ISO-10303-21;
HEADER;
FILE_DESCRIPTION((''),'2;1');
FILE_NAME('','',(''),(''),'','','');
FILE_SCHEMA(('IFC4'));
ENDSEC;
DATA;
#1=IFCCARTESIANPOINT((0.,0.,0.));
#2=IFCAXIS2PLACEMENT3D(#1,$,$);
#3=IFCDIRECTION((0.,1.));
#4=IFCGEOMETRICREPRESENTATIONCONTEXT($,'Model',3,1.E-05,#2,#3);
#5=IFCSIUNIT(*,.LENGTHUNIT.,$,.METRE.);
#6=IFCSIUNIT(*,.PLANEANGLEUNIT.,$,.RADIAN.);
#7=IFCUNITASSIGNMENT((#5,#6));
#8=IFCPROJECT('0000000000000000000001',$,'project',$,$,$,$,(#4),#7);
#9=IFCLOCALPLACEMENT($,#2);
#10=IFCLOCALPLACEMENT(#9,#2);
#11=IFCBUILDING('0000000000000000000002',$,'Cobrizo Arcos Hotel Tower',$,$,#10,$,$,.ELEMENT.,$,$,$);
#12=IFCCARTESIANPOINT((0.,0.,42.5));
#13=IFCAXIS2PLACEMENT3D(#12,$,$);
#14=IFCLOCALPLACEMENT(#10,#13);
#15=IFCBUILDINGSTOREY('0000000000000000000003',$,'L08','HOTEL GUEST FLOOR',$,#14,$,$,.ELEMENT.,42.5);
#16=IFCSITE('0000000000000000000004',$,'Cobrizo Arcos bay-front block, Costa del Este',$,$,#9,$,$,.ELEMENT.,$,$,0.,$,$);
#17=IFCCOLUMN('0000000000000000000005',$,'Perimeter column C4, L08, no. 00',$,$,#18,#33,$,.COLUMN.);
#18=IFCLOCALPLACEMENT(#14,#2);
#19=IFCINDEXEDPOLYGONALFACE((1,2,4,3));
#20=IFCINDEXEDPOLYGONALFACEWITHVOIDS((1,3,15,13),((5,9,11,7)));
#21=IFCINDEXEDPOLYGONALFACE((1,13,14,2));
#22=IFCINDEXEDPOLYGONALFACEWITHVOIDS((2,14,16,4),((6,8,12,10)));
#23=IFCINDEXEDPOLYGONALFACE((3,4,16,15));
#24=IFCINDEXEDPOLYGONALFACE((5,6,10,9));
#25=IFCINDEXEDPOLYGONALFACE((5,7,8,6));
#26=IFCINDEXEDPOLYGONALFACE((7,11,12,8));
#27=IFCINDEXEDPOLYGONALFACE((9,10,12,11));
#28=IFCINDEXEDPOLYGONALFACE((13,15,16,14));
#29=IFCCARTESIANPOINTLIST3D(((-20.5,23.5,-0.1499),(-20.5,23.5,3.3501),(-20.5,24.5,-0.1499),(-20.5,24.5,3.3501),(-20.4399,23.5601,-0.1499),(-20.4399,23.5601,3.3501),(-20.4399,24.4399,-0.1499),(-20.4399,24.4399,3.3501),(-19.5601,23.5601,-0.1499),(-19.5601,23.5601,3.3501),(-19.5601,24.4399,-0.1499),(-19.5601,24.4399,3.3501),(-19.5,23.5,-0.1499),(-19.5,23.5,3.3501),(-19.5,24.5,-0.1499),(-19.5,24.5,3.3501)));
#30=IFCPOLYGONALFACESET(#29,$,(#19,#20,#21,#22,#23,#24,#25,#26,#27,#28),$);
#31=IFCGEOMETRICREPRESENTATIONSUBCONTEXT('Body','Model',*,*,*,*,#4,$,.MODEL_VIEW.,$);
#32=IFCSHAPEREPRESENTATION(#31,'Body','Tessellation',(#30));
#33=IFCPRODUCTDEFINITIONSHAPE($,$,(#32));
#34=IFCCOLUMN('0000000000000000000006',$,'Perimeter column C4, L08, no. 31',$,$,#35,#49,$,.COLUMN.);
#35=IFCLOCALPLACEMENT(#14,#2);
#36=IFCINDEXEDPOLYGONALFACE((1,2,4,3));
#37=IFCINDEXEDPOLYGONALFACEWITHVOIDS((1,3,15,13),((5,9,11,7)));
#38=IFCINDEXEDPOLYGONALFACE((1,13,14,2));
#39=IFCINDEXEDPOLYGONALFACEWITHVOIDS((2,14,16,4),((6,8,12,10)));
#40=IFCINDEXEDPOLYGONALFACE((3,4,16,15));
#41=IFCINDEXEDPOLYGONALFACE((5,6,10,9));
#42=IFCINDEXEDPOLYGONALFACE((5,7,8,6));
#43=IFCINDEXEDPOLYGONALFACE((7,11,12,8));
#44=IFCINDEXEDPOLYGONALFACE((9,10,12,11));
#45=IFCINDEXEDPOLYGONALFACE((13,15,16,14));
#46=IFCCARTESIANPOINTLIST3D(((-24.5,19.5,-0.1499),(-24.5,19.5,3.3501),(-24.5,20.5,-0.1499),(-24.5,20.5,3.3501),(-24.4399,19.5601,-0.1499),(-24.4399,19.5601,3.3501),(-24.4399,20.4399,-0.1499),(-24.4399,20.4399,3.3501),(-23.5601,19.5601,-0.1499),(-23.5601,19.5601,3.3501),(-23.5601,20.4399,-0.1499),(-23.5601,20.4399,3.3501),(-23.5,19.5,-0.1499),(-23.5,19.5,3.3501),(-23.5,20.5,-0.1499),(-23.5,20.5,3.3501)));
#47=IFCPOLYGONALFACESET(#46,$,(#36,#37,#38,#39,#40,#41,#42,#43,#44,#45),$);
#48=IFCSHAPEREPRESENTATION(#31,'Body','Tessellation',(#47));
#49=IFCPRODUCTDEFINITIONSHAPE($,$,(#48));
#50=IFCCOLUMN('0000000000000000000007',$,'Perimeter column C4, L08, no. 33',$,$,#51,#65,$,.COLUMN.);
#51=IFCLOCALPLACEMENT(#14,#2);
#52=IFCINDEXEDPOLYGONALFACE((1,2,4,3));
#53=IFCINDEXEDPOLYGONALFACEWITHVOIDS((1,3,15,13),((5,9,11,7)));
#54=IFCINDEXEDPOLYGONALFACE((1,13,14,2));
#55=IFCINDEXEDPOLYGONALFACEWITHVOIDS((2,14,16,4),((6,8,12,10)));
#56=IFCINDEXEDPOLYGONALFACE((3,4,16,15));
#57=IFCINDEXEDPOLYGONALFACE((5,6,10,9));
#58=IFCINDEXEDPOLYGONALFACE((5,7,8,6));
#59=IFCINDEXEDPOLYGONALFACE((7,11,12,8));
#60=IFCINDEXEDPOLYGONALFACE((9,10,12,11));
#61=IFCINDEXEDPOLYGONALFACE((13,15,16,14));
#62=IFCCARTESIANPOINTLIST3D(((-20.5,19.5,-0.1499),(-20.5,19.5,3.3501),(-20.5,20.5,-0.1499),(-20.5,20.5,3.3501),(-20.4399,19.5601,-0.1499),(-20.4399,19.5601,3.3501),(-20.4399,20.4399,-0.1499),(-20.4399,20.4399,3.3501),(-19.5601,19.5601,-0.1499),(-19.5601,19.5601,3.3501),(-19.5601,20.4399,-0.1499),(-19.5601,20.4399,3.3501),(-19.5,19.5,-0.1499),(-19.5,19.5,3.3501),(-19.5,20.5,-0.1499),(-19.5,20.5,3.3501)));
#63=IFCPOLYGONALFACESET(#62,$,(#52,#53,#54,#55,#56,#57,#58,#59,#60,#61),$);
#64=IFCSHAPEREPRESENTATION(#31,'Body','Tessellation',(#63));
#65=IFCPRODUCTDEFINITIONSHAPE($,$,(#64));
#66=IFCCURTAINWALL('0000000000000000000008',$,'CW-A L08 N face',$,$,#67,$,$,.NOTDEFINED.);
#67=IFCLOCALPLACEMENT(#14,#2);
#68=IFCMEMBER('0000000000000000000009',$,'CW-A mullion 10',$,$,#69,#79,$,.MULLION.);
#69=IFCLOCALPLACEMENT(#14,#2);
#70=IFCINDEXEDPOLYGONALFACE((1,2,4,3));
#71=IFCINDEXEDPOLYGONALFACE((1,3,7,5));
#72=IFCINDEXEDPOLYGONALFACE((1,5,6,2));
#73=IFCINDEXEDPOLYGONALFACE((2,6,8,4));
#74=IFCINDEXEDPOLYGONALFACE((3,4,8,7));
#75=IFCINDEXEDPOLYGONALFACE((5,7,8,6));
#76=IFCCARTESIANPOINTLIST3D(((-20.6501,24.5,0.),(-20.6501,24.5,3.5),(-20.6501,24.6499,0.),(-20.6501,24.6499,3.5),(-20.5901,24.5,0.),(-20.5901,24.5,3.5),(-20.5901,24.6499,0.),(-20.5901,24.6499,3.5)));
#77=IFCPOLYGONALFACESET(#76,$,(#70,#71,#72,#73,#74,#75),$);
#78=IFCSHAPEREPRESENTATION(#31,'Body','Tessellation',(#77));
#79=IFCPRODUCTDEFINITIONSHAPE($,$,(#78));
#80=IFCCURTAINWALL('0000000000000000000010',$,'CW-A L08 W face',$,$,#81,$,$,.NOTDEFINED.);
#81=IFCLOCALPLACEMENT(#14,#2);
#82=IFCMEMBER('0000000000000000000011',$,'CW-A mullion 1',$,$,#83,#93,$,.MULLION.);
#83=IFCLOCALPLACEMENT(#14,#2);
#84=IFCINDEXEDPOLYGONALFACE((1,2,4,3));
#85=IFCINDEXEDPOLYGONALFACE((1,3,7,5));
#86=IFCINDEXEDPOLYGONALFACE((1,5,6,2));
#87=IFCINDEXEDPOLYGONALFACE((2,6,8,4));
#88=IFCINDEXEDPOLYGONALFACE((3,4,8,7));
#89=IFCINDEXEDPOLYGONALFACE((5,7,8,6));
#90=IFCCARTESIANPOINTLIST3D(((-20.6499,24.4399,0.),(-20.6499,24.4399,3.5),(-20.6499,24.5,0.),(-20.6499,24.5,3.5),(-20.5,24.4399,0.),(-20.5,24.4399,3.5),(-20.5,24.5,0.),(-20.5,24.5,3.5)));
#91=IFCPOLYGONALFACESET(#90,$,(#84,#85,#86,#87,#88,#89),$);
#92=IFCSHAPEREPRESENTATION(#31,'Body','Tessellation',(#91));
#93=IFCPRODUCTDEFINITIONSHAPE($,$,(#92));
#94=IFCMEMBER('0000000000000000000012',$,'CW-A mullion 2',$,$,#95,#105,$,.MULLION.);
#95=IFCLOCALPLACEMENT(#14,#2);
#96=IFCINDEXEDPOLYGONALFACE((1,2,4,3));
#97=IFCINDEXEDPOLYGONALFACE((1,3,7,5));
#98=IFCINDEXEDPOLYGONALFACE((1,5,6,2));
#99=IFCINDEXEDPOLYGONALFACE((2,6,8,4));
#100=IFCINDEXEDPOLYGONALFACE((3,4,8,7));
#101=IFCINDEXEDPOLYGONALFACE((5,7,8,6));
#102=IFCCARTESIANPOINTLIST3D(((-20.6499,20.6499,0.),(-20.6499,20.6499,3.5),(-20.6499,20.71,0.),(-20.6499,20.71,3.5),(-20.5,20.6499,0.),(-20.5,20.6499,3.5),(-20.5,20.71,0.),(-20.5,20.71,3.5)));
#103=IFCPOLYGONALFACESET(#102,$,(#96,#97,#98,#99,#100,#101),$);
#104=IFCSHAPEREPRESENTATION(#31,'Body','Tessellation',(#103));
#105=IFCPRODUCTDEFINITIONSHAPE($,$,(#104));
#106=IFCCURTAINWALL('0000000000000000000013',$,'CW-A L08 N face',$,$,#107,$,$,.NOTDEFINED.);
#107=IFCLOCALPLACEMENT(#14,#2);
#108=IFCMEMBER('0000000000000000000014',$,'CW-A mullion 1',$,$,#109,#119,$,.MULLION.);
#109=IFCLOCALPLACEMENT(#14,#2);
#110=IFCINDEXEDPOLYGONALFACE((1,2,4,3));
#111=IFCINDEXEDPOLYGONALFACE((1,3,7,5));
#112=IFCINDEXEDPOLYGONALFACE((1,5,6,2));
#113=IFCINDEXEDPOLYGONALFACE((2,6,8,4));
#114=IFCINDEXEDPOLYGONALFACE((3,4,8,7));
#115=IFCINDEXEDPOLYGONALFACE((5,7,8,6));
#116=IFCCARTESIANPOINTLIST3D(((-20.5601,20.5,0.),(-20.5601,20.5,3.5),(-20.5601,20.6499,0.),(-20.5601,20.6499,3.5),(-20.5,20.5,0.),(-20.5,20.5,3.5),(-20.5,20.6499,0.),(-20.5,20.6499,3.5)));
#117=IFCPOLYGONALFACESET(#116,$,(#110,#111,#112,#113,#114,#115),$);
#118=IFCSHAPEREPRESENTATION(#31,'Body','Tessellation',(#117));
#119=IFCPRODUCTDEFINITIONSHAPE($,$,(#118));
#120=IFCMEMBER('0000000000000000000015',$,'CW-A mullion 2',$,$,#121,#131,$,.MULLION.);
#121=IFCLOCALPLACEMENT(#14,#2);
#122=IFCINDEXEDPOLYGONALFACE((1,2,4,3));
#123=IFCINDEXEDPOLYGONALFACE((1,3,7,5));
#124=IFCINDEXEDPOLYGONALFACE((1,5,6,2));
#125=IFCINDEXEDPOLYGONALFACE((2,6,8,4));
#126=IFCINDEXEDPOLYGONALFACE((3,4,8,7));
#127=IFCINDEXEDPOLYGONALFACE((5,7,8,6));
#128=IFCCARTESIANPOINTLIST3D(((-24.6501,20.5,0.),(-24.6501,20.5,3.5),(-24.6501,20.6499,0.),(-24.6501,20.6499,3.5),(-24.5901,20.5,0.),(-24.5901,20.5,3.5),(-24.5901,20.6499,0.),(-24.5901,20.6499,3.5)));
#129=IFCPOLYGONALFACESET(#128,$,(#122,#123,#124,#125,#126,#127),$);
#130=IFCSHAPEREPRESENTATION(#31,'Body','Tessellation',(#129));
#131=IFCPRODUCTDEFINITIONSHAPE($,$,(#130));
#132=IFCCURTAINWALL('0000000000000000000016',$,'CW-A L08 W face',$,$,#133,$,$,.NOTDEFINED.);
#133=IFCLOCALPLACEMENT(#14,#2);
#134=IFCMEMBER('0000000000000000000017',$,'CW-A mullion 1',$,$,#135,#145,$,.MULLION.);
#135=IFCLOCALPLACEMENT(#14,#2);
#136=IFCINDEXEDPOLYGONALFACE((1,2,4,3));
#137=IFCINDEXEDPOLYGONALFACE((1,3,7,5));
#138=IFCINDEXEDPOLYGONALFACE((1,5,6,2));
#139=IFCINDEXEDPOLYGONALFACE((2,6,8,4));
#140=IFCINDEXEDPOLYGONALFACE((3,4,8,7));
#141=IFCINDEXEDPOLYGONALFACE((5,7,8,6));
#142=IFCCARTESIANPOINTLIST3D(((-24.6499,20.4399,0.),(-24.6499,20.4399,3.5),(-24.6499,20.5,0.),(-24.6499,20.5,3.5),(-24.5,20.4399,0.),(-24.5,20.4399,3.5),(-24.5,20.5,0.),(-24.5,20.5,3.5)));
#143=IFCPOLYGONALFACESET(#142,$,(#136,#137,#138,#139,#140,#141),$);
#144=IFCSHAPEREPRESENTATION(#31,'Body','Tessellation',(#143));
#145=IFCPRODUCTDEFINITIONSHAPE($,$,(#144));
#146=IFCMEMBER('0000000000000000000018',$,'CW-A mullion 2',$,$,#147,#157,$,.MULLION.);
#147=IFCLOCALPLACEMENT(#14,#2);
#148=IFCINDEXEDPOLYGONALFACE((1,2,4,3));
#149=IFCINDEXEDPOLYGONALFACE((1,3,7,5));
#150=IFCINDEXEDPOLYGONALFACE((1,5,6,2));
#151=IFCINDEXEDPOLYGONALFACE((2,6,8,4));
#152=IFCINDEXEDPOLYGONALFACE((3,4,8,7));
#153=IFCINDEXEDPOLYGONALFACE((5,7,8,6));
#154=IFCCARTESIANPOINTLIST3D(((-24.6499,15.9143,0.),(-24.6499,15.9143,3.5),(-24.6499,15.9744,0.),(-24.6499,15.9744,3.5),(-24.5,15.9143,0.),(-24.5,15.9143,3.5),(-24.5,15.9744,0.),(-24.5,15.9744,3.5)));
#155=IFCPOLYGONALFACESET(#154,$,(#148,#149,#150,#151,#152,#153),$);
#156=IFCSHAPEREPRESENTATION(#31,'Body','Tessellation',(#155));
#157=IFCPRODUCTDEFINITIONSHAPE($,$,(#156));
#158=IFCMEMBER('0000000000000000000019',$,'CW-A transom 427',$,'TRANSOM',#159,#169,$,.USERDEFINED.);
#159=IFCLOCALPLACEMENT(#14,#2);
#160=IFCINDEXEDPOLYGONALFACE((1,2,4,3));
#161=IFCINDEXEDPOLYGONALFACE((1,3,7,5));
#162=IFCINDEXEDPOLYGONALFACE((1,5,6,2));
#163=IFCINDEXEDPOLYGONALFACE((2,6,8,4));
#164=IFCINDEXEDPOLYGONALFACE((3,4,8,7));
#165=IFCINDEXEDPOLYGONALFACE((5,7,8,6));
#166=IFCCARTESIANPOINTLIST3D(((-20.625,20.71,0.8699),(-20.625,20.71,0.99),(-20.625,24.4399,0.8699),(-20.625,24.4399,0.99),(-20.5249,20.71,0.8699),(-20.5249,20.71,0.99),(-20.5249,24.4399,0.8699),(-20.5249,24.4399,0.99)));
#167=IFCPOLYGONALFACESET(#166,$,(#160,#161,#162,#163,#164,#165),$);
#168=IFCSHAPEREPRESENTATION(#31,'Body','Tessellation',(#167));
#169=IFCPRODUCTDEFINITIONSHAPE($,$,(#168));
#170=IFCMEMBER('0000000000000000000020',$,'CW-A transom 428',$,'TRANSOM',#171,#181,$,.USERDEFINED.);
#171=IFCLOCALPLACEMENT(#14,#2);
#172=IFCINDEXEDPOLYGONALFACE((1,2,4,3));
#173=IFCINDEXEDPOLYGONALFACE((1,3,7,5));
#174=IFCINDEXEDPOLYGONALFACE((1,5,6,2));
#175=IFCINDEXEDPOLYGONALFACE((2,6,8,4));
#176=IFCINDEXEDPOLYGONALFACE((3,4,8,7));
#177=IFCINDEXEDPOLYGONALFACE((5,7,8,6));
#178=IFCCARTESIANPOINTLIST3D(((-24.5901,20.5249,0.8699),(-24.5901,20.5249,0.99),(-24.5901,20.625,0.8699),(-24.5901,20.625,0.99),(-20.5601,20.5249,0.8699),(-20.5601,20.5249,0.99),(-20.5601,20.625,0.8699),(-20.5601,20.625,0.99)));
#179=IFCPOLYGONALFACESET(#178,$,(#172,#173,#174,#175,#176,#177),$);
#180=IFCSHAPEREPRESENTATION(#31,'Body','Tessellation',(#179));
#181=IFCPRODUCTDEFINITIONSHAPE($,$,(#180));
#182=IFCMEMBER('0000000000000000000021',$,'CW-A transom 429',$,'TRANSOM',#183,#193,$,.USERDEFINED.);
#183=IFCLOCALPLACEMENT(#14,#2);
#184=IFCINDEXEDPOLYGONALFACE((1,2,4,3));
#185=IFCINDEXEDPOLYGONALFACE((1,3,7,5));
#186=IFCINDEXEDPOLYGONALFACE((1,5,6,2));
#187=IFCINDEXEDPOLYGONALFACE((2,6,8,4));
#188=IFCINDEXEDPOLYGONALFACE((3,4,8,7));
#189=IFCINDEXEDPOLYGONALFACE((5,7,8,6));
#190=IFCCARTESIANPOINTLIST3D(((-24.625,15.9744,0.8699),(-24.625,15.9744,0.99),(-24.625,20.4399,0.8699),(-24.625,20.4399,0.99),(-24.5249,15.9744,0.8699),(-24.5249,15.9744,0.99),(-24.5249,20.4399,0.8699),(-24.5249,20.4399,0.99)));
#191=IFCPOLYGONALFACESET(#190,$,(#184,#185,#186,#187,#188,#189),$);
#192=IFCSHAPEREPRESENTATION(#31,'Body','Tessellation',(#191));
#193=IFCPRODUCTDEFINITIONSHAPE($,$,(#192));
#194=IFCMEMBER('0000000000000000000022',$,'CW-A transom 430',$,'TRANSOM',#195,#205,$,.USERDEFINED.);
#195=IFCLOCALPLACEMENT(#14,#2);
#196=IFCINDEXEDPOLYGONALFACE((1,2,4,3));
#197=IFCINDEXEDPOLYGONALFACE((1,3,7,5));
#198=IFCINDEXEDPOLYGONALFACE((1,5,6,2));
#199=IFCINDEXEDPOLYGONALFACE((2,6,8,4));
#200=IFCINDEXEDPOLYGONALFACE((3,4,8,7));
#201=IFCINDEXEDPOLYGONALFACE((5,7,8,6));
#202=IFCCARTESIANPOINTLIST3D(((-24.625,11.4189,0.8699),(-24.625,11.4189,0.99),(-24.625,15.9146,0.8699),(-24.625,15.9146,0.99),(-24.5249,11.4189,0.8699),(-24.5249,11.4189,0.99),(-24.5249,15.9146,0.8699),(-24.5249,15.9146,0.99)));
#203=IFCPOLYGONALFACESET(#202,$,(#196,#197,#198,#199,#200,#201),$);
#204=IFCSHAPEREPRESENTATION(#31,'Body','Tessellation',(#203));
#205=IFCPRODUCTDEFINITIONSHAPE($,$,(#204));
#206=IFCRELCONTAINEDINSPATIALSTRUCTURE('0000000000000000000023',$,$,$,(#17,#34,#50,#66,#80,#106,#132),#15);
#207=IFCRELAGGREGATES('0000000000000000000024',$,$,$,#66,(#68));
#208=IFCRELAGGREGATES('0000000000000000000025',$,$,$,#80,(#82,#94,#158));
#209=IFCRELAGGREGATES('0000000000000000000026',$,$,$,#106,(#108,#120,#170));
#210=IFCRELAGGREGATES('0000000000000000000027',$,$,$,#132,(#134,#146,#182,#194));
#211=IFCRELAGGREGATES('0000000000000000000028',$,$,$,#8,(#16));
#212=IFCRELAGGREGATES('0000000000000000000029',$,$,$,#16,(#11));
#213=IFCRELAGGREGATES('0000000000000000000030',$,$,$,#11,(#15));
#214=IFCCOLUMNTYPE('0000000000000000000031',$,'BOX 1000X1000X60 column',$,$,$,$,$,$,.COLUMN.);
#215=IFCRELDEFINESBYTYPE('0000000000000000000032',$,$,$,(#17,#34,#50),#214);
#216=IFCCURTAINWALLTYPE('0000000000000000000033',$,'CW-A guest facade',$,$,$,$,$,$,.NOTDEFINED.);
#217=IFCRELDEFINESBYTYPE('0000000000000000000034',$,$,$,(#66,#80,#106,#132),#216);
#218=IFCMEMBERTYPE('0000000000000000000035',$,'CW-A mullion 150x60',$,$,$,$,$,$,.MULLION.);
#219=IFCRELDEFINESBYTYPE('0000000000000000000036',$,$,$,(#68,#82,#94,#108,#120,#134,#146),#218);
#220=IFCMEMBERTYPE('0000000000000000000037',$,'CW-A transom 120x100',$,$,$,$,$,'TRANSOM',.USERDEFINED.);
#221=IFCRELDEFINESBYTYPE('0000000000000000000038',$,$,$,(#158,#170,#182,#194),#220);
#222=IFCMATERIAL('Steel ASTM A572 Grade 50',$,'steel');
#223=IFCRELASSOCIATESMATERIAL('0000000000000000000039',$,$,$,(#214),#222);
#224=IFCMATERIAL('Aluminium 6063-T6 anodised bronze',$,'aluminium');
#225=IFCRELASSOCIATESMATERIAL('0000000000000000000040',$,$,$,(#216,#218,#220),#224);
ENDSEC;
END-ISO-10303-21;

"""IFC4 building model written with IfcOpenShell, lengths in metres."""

from ifc_helpers import new_model, si_unit, direction, frame, origin, origin_2d, place, context, subcontext, project, spatial, rectangle, hollow_rectangle, extrude, material, material_profile, profile_set, type_object, element, aggregate, save


model = new_model("IFC4")

# Units and contexts
model_context = context("Model", 3, precision=1e-05, world=origin(), true_north=direction((0.0, 1.0)))
body_context = subcontext(model_context, "Body", "Model", "MODEL_VIEW")
ifc_project = project(units=[si_unit("LENGTHUNIT", "METRE"), si_unit("PLANEANGLEUNIT", "RADIAN")], contexts=[model_context])

# Site, building, storey
site_placement = place(None, origin())
site = spatial("IfcSite", under=ifc_project, at=site_placement, Name="Cobrizo Arcos bay-front block, Costa del Este", CompositionType="ELEMENT", RefElevation=0.0)
building_placement = place(site_placement, origin())
building = spatial("IfcBuilding", under=site, at=building_placement, Name="Cobrizo Arcos Hotel Tower", CompositionType="ELEMENT")
storey_placement = place(building_placement, frame((0.0, 0.0, 42.5)))
storey = spatial("IfcBuildingStorey", under=building, at=storey_placement, Name="L08", Description="HOTEL GUEST FLOOR", CompositionType="ELEMENT", Elevation=42.5)

# Columns
ifc_material_1 = material(Name="Steel ASTM A572 Grade 50", Category="steel")
ifc_material_profile_1 = material_profile(ifc_material_1, hollow_rectangle(XDim=1.0, YDim=1.0, WallThickness=0.0601, at=origin_2d()), Name="BOX 1000X1000X60")
ifc_profile_set_1 = profile_set([ifc_material_profile_1], Name="Steel ASTM A572 Grade 50")
column_type = type_object("IfcColumnType", Name="BOX 1000X1000X60 column", PredefinedType="COLUMN", material=ifc_profile_set_1)
for number, where, z_axis, x_axis, name in (
    (1, (-20.0, 24.0, -0.1499), (0.0, 0.0, 1.0), (1.0, 0.0, 0.0), "Perimeter column C4, L08, no. 00"),
    (2, (-24.0, 20.0, -0.1499), (0.0, 0.0, 1.0), (1.0, 0.0, 0.0), "Perimeter column C4, L08, no. 31"),
    (3, (-20.0, 20.0, -0.1499), (0.0, 0.0, 1.0), (1.0, 0.0, 0.0), "Perimeter column C4, L08, no. 33"),
):
    element("IfcColumn", number, at=place(storey_placement, frame(where, z_axis=z_axis, x_axis=x_axis)), inside=storey, type_object=column_type, Name=name, PredefinedType="COLUMN", context=body_context, shape_type="SweptSolid", body=[
        extrude(hollow_rectangle(XDim=1.0, YDim=1.0, WallThickness=0.0601, at=origin_2d()), origin(), (0.0, 0.0, 1.0), 3.5),
    ])

# Curtain wall, member
ifc_material_2 = material(Name="Aluminium 6063-T6 anodised bronze", Category="aluminium")
curtain_wall_type = type_object("IfcCurtainWallType", Name="CW-A guest facade", PredefinedType="NOTDEFINED", material=ifc_material_2)
curtain_wall_1_placement = place(storey_placement, origin())
curtain_wall_1 = element("IfcCurtainWall", 4, at=curtain_wall_1_placement, inside=storey, type_object=curtain_wall_type, Name="CW-A L08 N face", PredefinedType="NOTDEFINED")
ifc_material_profile_2 = material_profile(ifc_material_2, rectangle(XDim=0.1499, YDim=0.0601, at=origin_2d()), Name="CW-A mullion 150x60")
ifc_profile_set_2 = profile_set([ifc_material_profile_2], Name="Aluminium 6063-T6 anodised bronze")
member_type_1 = type_object("IfcMemberType", Name="CW-A mullion 150x60", PredefinedType="MULLION", material=ifc_profile_set_2)
member_1_placement = place(storey_placement, frame((-20.6201, 24.575, 0.0), z_axis=(0.0, 0.0, 1.0), x_axis=(0.0, 1.0, 0.0)))
member_1 = element("IfcMember", 5, at=member_1_placement, type_object=member_type_1, Name="CW-A mullion 10", PredefinedType="MULLION", context=body_context, shape_type="SweptSolid", body=[
    extrude(rectangle(XDim=0.1499, YDim=0.0601, at=origin_2d()), origin(), (0.0, 0.0, 1.0), 3.5),
])

# Curtain walls, members
curtain_wall_2_placement = place(storey_placement, origin())
curtain_wall_2 = element("IfcCurtainWall", 6, at=curtain_wall_2_placement, inside=storey, type_object=curtain_wall_type, Name="CW-A L08 W face", PredefinedType="NOTDEFINED")
member_2_placement = place(storey_placement, frame((-20.575, 24.47, 0.0), z_axis=(0.0, 0.0, 1.0), x_axis=(-1.0, 0.0, 0.0)))
member_2 = element("IfcMember", 7, at=member_2_placement, type_object=member_type_1, Name="CW-A mullion 1", PredefinedType="MULLION", context=body_context, shape_type="SweptSolid", body=[
    extrude(rectangle(XDim=0.1499, YDim=0.0601, at=origin_2d()), origin(), (0.0, 0.0, 1.0), 3.5),
])
member_3_placement = place(storey_placement, frame((-20.575, 20.6799, 0.0), z_axis=(0.0, 0.0, 1.0), x_axis=(-1.0, 0.0, 0.0)))
member_3 = element("IfcMember", 8, at=member_3_placement, type_object=member_type_1, Name="CW-A mullion 2", PredefinedType="MULLION", context=body_context, shape_type="SweptSolid", body=[
    extrude(rectangle(XDim=0.1499, YDim=0.0601, at=origin_2d()), origin(), (0.0, 0.0, 1.0), 3.5),
])
curtain_wall_3_placement = place(storey_placement, origin())
curtain_wall_3 = element("IfcCurtainWall", 9, at=curtain_wall_3_placement, inside=storey, type_object=curtain_wall_type, Name="CW-A L08 N face", PredefinedType="NOTDEFINED")
member_4_placement = place(storey_placement, frame((-20.53, 20.575, 0.0), z_axis=(0.0, 0.0, 1.0), x_axis=(0.0, 1.0, 0.0)))
member_4 = element("IfcMember", 10, at=member_4_placement, type_object=member_type_1, Name="CW-A mullion 1", PredefinedType="MULLION", context=body_context, shape_type="SweptSolid", body=[
    extrude(rectangle(XDim=0.1499, YDim=0.0601, at=origin_2d()), origin(), (0.0, 0.0, 1.0), 3.5),
])
member_5_placement = place(storey_placement, frame((-24.6201, 20.575, 0.0), z_axis=(0.0, 0.0, 1.0), x_axis=(0.0, 1.0, 0.0)))
member_5 = element("IfcMember", 11, at=member_5_placement, type_object=member_type_1, Name="CW-A mullion 2", PredefinedType="MULLION", context=body_context, shape_type="SweptSolid", body=[
    extrude(rectangle(XDim=0.1499, YDim=0.0601, at=origin_2d()), origin(), (0.0, 0.0, 1.0), 3.5),
])
curtain_wall_4_placement = place(storey_placement, origin())
curtain_wall_4 = element("IfcCurtainWall", 12, at=curtain_wall_4_placement, inside=storey, type_object=curtain_wall_type, Name="CW-A L08 W face", PredefinedType="NOTDEFINED")
member_6_placement = place(storey_placement, frame((-24.575, 20.47, 0.0), z_axis=(0.0, 0.0, 1.0), x_axis=(-1.0, 0.0, 0.0)))
member_6 = element("IfcMember", 13, at=member_6_placement, type_object=member_type_1, Name="CW-A mullion 1", PredefinedType="MULLION", context=body_context, shape_type="SweptSolid", body=[
    extrude(rectangle(XDim=0.1499, YDim=0.0601, at=origin_2d()), origin(), (0.0, 0.0, 1.0), 3.5),
])
member_7_placement = place(storey_placement, frame((-24.575, 15.9443, 0.0), z_axis=(0.0, 0.0, 1.0), x_axis=(-1.0, 0.0, 0.0)))
member_7 = element("IfcMember", 14, at=member_7_placement, type_object=member_type_1, Name="CW-A mullion 2", PredefinedType="MULLION", context=body_context, shape_type="SweptSolid", body=[
    extrude(rectangle(XDim=0.1499, YDim=0.0601, at=origin_2d()), origin(), (0.0, 0.0, 1.0), 3.5),
])

# Members
ifc_material_profile_3 = material_profile(ifc_material_2, rectangle(XDim=0.1001, YDim=0.1201, at=origin_2d()), Name="CW-A transom 120x100")
ifc_profile_set_3 = profile_set([ifc_material_profile_3], Name="Aluminium 6063-T6 anodised bronze")
member_type_2 = type_object("IfcMemberType", Name="CW-A transom 120x100", ElementType="TRANSOM", PredefinedType="USERDEFINED", material=ifc_profile_set_3)
member_8_placement = place(storey_placement, frame((-20.575, 24.4399, 0.9299), z_axis=(0.0, -1.0, 0.0), x_axis=(1.0, 0.0, 0.0)))
member_8 = element("IfcMember", 15, at=member_8_placement, type_object=member_type_2, Name="CW-A transom 427", ObjectType="TRANSOM", PredefinedType="USERDEFINED", context=body_context, shape_type="SweptSolid", body=[
    extrude(rectangle(XDim=0.1001, YDim=0.1201, at=origin_2d()), origin(), (0.0, 0.0, 1.0), 3.73),
])
member_9_placement = place(storey_placement, frame((-20.5601, 20.575, 0.9299), z_axis=(-1.0, 0.0, 0.0), x_axis=(0.0, -1.0, 0.0)))
member_9 = element("IfcMember", 16, at=member_9_placement, type_object=member_type_2, Name="CW-A transom 428", ObjectType="TRANSOM", PredefinedType="USERDEFINED", context=body_context, shape_type="SweptSolid", body=[
    extrude(rectangle(XDim=0.1001, YDim=0.1201, at=origin_2d()), origin(), (0.0, 0.0, 1.0), 4.03),
])
member_10_placement = place(storey_placement, frame((-24.575, 20.4399, 0.9299), z_axis=(0.0, -1.0, 0.0), x_axis=(1.0, 0.0, 0.0)))
member_10 = element("IfcMember", 17, at=member_10_placement, type_object=member_type_2, Name="CW-A transom 429", ObjectType="TRANSOM", PredefinedType="USERDEFINED", context=body_context, shape_type="SweptSolid", body=[
    extrude(rectangle(XDim=0.1001, YDim=0.1201, at=origin_2d()), origin(), (0.0, 0.0, 1.0), 4.4656),
])
member_11_placement = place(storey_placement, frame((-24.575, 15.9146, 0.9299), z_axis=(0.0, -1.0, 0.0), x_axis=(1.0, 0.0, 0.0)))
member_11 = element("IfcMember", 18, at=member_11_placement, type_object=member_type_2, Name="CW-A transom 430", ObjectType="TRANSOM", PredefinedType="USERDEFINED", context=body_context, shape_type="SweptSolid", body=[
    extrude(rectangle(XDim=0.1001, YDim=0.1201, at=origin_2d()), origin(), (0.0, 0.0, 1.0), 4.4956),
])

aggregate(curtain_wall_1, [member_1])
aggregate(curtain_wall_2, [member_2, member_3, member_8])
aggregate(curtain_wall_3, [member_4, member_5, member_9])
aggregate(curtain_wall_4, [member_6, member_7, member_10, member_11])

save(model, "model.ifc")
